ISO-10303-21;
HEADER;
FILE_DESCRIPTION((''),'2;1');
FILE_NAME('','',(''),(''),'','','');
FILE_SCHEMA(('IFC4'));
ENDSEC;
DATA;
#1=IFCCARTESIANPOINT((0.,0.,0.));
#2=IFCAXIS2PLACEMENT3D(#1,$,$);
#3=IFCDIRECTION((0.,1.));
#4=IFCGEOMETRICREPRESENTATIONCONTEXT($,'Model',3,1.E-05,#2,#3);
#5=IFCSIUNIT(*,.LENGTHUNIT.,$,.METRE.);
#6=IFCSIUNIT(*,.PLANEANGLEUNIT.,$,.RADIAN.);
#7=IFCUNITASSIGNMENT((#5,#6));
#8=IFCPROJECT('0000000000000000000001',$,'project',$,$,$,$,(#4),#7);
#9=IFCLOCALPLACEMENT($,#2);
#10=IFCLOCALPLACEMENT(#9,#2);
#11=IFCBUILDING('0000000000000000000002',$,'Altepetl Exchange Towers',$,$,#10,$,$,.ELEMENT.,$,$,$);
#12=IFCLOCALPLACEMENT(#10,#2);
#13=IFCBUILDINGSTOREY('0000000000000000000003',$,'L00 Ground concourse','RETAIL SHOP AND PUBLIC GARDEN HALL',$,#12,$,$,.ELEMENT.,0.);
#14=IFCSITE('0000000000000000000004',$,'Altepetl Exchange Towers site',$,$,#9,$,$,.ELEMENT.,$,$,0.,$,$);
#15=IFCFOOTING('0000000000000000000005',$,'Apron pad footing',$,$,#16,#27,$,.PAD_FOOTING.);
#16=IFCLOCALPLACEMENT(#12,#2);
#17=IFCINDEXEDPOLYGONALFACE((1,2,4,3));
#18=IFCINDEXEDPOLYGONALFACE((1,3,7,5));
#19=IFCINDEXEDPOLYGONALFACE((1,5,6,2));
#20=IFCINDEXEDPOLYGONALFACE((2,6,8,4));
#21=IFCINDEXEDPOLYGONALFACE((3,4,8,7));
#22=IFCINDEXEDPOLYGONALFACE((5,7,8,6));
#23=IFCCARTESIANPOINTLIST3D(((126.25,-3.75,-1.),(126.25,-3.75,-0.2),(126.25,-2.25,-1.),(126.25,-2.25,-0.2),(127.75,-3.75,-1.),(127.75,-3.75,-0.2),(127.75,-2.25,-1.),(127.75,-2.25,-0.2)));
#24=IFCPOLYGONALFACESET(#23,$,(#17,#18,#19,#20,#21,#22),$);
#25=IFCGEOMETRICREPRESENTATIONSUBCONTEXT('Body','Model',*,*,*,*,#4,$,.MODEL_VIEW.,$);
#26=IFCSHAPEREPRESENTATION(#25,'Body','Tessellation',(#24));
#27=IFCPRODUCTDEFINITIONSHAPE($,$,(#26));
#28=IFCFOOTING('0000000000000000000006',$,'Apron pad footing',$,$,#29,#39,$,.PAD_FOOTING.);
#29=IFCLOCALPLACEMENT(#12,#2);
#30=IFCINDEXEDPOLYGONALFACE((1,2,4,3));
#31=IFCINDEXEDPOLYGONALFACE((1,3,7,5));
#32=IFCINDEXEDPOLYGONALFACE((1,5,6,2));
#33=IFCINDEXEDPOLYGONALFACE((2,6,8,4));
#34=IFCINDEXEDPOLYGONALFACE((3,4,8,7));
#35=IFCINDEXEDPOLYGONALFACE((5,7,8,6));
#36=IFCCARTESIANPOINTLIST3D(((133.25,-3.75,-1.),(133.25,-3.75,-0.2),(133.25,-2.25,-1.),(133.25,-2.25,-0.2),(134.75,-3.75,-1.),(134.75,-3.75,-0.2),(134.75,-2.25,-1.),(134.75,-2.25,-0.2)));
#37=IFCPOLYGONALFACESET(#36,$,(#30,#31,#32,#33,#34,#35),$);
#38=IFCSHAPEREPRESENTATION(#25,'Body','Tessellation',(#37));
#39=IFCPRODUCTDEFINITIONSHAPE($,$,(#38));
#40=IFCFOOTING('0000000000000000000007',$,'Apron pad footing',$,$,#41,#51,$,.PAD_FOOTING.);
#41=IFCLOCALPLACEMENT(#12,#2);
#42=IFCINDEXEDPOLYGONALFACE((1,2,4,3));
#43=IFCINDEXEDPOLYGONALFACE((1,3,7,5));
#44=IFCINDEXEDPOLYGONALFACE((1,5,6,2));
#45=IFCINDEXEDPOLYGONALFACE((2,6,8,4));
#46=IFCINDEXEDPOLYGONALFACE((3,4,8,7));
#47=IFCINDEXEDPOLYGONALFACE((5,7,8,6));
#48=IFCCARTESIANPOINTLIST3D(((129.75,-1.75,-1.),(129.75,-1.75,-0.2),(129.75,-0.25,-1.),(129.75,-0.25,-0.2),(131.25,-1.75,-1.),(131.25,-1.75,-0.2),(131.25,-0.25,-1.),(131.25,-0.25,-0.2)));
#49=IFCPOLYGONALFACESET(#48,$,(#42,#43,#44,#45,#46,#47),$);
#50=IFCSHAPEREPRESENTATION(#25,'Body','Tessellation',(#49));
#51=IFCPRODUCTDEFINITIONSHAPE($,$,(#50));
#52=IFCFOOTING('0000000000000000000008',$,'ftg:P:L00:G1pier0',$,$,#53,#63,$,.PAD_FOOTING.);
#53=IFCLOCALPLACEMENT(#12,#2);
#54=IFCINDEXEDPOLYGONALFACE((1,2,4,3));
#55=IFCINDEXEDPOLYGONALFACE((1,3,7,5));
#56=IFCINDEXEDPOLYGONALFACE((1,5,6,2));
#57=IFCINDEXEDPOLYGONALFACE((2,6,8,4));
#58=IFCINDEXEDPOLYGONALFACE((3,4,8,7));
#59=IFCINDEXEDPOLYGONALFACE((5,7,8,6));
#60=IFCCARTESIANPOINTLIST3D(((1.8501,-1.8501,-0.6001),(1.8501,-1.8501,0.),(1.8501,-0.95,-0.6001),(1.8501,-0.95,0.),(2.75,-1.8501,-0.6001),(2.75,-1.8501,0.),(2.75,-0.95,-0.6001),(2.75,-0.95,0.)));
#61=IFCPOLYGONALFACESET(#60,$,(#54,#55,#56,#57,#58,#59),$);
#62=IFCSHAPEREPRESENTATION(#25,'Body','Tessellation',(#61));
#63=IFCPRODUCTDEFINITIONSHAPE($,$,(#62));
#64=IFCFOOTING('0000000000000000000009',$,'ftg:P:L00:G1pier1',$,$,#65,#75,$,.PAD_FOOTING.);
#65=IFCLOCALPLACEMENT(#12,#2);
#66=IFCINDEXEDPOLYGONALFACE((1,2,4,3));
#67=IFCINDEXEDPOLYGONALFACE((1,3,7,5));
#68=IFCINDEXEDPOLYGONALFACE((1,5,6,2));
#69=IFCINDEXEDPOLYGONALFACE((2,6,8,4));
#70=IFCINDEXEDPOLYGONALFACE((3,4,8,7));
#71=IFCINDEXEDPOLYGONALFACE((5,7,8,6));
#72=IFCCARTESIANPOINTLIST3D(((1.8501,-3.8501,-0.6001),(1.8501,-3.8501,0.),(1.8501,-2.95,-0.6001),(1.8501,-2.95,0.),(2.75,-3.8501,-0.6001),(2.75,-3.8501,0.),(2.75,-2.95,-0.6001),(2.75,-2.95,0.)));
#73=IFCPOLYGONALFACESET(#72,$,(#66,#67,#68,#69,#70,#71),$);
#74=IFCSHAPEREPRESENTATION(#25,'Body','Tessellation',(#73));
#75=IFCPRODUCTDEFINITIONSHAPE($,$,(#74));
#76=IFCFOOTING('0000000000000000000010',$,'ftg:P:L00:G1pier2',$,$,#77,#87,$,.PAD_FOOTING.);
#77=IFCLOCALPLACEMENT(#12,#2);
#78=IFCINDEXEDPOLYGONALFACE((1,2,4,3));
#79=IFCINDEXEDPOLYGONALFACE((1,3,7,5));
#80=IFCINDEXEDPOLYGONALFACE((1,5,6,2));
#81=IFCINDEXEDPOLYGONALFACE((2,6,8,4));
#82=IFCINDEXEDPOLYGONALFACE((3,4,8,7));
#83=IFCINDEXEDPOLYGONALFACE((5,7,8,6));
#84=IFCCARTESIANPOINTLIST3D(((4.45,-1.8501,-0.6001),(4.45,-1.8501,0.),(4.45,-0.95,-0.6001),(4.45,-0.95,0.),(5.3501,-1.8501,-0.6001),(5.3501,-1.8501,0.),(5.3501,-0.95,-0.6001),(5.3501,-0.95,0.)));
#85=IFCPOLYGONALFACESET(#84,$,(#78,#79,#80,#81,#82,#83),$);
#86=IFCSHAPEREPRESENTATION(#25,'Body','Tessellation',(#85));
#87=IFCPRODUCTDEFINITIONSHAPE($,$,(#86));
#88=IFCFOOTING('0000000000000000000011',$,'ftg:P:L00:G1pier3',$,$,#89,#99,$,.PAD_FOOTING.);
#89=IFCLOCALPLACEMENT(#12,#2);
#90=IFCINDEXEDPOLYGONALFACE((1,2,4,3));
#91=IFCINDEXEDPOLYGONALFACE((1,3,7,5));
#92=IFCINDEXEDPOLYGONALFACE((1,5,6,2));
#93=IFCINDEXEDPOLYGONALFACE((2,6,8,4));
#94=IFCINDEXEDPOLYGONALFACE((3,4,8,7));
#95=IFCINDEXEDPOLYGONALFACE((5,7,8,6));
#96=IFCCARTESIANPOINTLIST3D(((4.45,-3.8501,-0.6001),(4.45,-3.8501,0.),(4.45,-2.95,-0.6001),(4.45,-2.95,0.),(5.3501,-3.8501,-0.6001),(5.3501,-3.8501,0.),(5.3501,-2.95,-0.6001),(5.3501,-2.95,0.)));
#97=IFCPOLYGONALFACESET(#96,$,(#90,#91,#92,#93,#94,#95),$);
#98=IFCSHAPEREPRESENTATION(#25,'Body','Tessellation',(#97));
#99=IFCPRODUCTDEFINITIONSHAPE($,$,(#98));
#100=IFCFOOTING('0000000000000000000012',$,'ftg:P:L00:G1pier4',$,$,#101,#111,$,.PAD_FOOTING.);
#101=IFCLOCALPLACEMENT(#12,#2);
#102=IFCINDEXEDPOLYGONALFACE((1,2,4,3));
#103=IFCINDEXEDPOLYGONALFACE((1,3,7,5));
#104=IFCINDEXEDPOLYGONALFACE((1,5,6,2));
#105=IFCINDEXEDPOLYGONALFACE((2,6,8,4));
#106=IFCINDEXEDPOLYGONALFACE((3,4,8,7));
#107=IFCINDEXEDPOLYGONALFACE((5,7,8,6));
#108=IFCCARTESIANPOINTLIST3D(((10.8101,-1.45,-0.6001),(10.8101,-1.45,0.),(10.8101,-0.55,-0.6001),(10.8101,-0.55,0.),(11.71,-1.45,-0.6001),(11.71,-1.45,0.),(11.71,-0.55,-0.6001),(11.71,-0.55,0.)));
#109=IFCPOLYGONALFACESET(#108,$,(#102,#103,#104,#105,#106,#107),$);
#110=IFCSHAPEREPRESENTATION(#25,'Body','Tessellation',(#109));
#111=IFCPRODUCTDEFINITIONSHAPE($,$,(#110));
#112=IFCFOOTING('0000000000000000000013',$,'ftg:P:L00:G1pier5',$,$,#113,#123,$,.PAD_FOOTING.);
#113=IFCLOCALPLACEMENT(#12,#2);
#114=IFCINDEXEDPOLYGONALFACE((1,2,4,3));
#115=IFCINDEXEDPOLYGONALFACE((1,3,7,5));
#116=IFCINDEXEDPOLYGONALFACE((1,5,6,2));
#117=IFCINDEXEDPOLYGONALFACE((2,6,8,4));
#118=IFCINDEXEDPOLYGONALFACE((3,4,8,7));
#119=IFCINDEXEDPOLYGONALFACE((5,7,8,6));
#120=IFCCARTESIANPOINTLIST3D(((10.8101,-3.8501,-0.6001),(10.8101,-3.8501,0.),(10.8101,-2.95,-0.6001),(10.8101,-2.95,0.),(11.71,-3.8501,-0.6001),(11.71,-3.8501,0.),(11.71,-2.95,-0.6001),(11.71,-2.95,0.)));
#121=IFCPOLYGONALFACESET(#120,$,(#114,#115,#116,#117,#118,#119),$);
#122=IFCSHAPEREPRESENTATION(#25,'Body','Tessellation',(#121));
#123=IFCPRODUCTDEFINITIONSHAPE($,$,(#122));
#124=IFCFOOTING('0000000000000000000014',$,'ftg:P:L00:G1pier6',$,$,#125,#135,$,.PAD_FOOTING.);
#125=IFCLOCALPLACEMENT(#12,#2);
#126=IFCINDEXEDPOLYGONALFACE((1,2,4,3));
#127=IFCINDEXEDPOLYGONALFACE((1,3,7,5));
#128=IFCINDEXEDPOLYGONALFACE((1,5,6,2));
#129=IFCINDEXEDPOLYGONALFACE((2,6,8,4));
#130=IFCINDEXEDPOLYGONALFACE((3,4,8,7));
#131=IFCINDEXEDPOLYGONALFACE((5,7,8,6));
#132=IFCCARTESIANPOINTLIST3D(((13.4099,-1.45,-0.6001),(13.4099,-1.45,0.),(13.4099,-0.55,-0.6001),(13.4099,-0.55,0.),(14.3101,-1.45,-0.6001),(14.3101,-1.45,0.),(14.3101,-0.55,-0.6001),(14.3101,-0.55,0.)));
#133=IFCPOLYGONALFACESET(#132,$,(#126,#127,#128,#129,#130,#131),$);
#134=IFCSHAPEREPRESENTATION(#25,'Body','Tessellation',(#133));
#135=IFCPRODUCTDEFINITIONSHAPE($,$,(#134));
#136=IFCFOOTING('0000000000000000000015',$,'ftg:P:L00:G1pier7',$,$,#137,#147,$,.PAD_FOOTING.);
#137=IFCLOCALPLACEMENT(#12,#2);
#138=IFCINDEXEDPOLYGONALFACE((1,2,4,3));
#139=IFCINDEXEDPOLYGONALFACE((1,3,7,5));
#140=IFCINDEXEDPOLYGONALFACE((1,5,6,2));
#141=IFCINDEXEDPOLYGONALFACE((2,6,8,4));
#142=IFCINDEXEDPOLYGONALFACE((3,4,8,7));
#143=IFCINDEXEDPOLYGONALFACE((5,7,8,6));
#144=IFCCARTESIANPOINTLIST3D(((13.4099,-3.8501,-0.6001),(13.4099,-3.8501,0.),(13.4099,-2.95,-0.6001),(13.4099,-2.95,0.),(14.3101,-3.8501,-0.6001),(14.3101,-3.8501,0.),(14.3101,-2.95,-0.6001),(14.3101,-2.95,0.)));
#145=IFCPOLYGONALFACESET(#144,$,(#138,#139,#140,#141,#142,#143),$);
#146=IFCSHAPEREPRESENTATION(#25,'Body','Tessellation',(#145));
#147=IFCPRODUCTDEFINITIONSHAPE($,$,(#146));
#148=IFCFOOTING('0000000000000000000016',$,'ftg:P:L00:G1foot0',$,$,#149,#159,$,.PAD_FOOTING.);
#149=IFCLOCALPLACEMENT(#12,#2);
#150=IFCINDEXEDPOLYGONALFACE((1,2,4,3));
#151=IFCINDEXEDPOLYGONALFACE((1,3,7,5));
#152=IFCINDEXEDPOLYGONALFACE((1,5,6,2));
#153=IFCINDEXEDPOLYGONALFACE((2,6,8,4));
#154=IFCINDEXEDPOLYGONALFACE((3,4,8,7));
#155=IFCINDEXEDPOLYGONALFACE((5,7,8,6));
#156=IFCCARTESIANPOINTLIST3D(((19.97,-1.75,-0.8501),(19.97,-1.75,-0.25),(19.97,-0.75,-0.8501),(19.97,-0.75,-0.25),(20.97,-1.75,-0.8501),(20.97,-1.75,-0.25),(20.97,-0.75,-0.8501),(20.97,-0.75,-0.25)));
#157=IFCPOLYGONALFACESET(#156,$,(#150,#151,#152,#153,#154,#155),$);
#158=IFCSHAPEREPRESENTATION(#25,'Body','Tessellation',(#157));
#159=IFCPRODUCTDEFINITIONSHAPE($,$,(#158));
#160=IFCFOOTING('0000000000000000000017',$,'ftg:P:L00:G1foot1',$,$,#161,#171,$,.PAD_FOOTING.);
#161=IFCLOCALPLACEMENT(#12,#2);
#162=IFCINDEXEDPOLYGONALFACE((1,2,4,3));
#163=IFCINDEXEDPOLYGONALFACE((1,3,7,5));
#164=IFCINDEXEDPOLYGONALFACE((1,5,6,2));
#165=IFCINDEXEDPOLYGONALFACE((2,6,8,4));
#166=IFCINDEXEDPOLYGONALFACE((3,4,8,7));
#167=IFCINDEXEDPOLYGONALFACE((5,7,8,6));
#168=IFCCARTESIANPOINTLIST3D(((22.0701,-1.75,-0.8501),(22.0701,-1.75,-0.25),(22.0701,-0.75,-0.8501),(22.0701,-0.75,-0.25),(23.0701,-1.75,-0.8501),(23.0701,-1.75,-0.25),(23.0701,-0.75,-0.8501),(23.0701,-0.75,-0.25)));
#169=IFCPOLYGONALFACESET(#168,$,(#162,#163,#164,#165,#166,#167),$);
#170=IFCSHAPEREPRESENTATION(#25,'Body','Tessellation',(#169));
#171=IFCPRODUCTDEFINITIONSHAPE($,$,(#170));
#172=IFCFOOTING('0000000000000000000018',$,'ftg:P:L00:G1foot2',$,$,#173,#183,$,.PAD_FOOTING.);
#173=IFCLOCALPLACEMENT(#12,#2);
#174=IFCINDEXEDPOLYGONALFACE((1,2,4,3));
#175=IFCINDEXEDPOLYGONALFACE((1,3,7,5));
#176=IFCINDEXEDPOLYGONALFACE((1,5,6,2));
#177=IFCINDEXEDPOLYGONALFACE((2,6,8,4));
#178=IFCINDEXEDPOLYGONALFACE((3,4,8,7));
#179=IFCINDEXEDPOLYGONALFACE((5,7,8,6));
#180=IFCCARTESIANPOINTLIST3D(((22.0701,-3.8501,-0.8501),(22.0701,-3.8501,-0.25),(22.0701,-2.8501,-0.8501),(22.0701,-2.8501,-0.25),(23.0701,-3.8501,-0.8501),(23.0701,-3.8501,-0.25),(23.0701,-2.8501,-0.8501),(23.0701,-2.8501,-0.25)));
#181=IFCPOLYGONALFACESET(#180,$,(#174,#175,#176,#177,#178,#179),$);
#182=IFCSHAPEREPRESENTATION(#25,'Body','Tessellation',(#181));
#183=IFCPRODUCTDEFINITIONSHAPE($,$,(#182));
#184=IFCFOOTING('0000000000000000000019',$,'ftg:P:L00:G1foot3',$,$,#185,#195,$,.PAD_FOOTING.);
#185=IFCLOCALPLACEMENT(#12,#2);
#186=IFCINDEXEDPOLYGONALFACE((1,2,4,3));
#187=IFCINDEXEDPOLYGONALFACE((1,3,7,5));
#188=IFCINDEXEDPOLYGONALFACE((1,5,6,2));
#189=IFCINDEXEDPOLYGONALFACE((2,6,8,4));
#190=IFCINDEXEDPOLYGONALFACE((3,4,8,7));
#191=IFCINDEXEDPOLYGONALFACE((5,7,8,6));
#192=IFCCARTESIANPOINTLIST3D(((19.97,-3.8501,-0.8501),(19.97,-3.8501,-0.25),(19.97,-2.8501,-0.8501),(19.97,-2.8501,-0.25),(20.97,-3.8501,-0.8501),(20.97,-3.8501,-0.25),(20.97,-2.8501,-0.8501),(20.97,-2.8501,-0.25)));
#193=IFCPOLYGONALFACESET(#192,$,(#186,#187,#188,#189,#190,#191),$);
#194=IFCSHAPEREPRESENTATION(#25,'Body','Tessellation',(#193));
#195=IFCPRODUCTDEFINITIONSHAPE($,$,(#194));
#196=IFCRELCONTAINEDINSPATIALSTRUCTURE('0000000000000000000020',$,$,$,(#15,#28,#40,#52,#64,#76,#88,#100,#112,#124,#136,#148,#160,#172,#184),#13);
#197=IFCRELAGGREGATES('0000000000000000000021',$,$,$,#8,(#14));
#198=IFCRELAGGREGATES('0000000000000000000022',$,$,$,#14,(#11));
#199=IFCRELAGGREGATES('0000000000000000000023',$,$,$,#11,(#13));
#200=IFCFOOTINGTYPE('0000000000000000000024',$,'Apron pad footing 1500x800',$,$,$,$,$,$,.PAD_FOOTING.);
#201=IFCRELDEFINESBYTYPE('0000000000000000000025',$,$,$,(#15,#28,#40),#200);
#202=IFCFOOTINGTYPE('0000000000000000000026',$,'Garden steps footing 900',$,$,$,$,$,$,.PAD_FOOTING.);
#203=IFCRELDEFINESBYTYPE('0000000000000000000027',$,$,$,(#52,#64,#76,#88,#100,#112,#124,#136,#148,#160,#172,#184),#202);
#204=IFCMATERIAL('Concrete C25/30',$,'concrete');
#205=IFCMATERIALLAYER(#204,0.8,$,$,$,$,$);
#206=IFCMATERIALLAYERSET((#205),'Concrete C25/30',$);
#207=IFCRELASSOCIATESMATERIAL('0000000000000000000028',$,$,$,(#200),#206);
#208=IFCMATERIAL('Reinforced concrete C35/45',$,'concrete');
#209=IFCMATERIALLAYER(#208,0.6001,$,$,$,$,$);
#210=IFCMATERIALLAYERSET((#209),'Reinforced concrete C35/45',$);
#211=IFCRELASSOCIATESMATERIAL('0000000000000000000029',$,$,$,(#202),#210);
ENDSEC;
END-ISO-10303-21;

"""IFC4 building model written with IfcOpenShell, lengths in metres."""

from ifc_helpers import new_model, si_unit, direction, frame, origin, place, context, subcontext, project, spatial, polyline, outline, extrude, material, layer, layer_set, type_object, element, save


model = new_model("IFC4")

# Units and contexts
model_context = context("Model", 3, precision=1e-05, world=origin(), true_north=direction((0.0, 1.0)))
body_context = subcontext(model_context, "Body", "Model", "MODEL_VIEW")
ifc_project = project(units=[si_unit("LENGTHUNIT", "METRE"), si_unit("PLANEANGLEUNIT", "RADIAN")], contexts=[model_context])

# Site, building, storey
site_placement = place(None, origin())
site = spatial("IfcSite", under=ifc_project, at=site_placement, Name="Altepetl Exchange Towers site", CompositionType="ELEMENT", RefElevation=0.0)
building_placement = place(site_placement, origin())
building = spatial("IfcBuilding", under=site, at=building_placement, Name="Altepetl Exchange Towers", CompositionType="ELEMENT")
storey_placement = place(building_placement, origin())
storey = spatial("IfcBuildingStorey", under=building, at=storey_placement, Name="L00 Ground concourse", Description="RETAIL SHOP AND PUBLIC GARDEN HALL", CompositionType="ELEMENT", Elevation=0.0)

# Footings
ifc_material_1 = material(Name="Concrete C25/30", Category="concrete")
ifc_layer_1 = layer(ifc_material_1, 0.8)
ifc_layer_set_1 = layer_set([ifc_layer_1], Name="Concrete C25/30")
footing_type_1 = type_object("IfcFootingType", Name="Apron pad footing 1500x800", PredefinedType="PAD_FOOTING", material=ifc_layer_set_1)
footing_1_placement = place(storey_placement, frame((0.0, 0.0, -1.0)))
element("IfcFooting", 1, at=footing_1_placement, inside=storey, type_object=footing_type_1, Name="Apron pad footing", PredefinedType="PAD_FOOTING", context=body_context, shape_type="SweptSolid", body=[
    extrude(outline(polyline([(126.25, -3.75), (127.75, -3.75), (127.75, -2.25), (126.25, -2.25), (126.25, -3.75)])), origin(), (0.0, 0.0, 1.0), 0.8),
])
footing_2_placement = place(storey_placement, frame((0.0, 0.0, -1.0)))
element("IfcFooting", 2, at=footing_2_placement, inside=storey, type_object=footing_type_1, Name="Apron pad footing", PredefinedType="PAD_FOOTING", context=body_context, shape_type="SweptSolid", body=[
    extrude(outline(polyline([(133.25, -3.75), (134.75, -3.75), (134.75, -2.25), (133.25, -2.25), (133.25, -3.75)])), origin(), (0.0, 0.0, 1.0), 0.8),
])
footing_3_placement = place(storey_placement, frame((0.0, 0.0, -1.0)))
element("IfcFooting", 3, at=footing_3_placement, inside=storey, type_object=footing_type_1, Name="Apron pad footing", PredefinedType="PAD_FOOTING", context=body_context, shape_type="SweptSolid", body=[
    extrude(outline(polyline([(129.75, -1.75), (131.25, -1.75), (131.25, -0.25), (129.75, -0.25), (129.75, -1.75)])), origin(), (0.0, 0.0, 1.0), 0.8),
])
ifc_material_2 = material(Name="Reinforced concrete C35/45", Category="concrete")
ifc_layer_2 = layer(ifc_material_2, 0.6001)
ifc_layer_set_2 = layer_set([ifc_layer_2], Name="Reinforced concrete C35/45")
footing_type_2 = type_object("IfcFootingType", Name="Garden steps footing 900", PredefinedType="PAD_FOOTING", material=ifc_layer_set_2)
footing_4_placement = place(storey_placement, frame((0.0, 0.0, -0.6001)))
element("IfcFooting", 4, at=footing_4_placement, inside=storey, type_object=footing_type_2, Name="ftg:P:L00:G1pier0", PredefinedType="PAD_FOOTING", context=body_context, shape_type="SweptSolid", body=[
    extrude(outline(polyline([(1.8501, -1.8501), (2.75, -1.8501), (2.75, -0.95), (1.8501, -0.95), (1.8501, -1.8501)])), origin(), (0.0, 0.0, 1.0), 0.6001),
])
footing_5_placement = place(storey_placement, frame((0.0, 0.0, -0.6001)))
element("IfcFooting", 5, at=footing_5_placement, inside=storey, type_object=footing_type_2, Name="ftg:P:L00:G1pier1", PredefinedType="PAD_FOOTING", context=body_context, shape_type="SweptSolid", body=[
    extrude(outline(polyline([(1.8501, -3.8501), (2.75, -3.8501), (2.75, -2.95), (1.8501, -2.95), (1.8501, -3.8501)])), origin(), (0.0, 0.0, 1.0), 0.6001),
])
footing_6_placement = place(storey_placement, frame((0.0, 0.0, -0.6001)))
element("IfcFooting", 6, at=footing_6_placement, inside=storey, type_object=footing_type_2, Name="ftg:P:L00:G1pier2", PredefinedType="PAD_FOOTING", context=body_context, shape_type="SweptSolid", body=[
    extrude(outline(polyline([(4.45, -1.8501), (5.3501, -1.8501), (5.3501, -0.95), (4.45, -0.95), (4.45, -1.8501)])), origin(), (0.0, 0.0, 1.0), 0.6001),
])
footing_7_placement = place(storey_placement, frame((0.0, 0.0, -0.6001)))
element("IfcFooting", 7, at=footing_7_placement, inside=storey, type_object=footing_type_2, Name="ftg:P:L00:G1pier3", PredefinedType="PAD_FOOTING", context=body_context, shape_type="SweptSolid", body=[
    extrude(outline(polyline([(4.45, -3.8501), (5.3501, -3.8501), (5.3501, -2.95), (4.45, -2.95), (4.45, -3.8501)])), origin(), (0.0, 0.0, 1.0), 0.6001),
])
footing_8_placement = place(storey_placement, frame((0.0, 0.0, -0.6001)))
element("IfcFooting", 8, at=footing_8_placement, inside=storey, type_object=footing_type_2, Name="ftg:P:L00:G1pier4", PredefinedType="PAD_FOOTING", context=body_context, shape_type="SweptSolid", body=[
    extrude(outline(polyline([(10.8101, -1.45), (11.71, -1.45), (11.71, -0.55), (10.8101, -0.55), (10.8101, -1.45)])), origin(), (0.0, 0.0, 1.0), 0.6001),
])
footing_9_placement = place(storey_placement, frame((0.0, 0.0, -0.6001)))
element("IfcFooting", 9, at=footing_9_placement, inside=storey, type_object=footing_type_2, Name="ftg:P:L00:G1pier5", PredefinedType="PAD_FOOTING", context=body_context, shape_type="SweptSolid", body=[
    extrude(outline(polyline([(10.8101, -3.8501), (11.71, -3.8501), (11.71, -2.95), (10.8101, -2.95), (10.8101, -3.8501)])), origin(), (0.0, 0.0, 1.0), 0.6001),
])
footing_10_placement = place(storey_placement, frame((0.0, 0.0, -0.6001)))
element("IfcFooting", 10, at=footing_10_placement, inside=storey, type_object=footing_type_2, Name="ftg:P:L00:G1pier6", PredefinedType="PAD_FOOTING", context=body_context, shape_type="SweptSolid", body=[
    extrude(outline(polyline([(13.4099, -1.45), (14.3101, -1.45), (14.3101, -0.55), (13.4099, -0.55), (13.4099, -1.45)])), origin(), (0.0, 0.0, 1.0), 0.6001),
])
footing_11_placement = place(storey_placement, frame((0.0, 0.0, -0.6001)))
element("IfcFooting", 11, at=footing_11_placement, inside=storey, type_object=footing_type_2, Name="ftg:P:L00:G1pier7", PredefinedType="PAD_FOOTING", context=body_context, shape_type="SweptSolid", body=[
    extrude(outline(polyline([(13.4099, -3.8501), (14.3101, -3.8501), (14.3101, -2.95), (13.4099, -2.95), (13.4099, -3.8501)])), origin(), (0.0, 0.0, 1.0), 0.6001),
])
footing_12_placement = place(storey_placement, frame((0.0, 0.0, -0.8501)))
element("IfcFooting", 12, at=footing_12_placement, inside=storey, type_object=footing_type_2, Name="ftg:P:L00:G1foot0", PredefinedType="PAD_FOOTING", context=body_context, shape_type="SweptSolid", body=[
    extrude(outline(polyline([(19.97, -1.75), (20.97, -1.75), (20.97, -0.75), (19.97, -0.75), (19.97, -1.75)])), origin(), (0.0, 0.0, 1.0), 0.6001),
])
footing_13_placement = place(storey_placement, frame((0.0, 0.0, -0.8501)))
element("IfcFooting", 13, at=footing_13_placement, inside=storey, type_object=footing_type_2, Name="ftg:P:L00:G1foot1", PredefinedType="PAD_FOOTING", context=body_context, shape_type="SweptSolid", body=[
    extrude(outline(polyline([(22.0701, -1.75), (23.0701, -1.75), (23.0701, -0.75), (22.0701, -0.75), (22.0701, -1.75)])), origin(), (0.0, 0.0, 1.0), 0.6001),
])
footing_14_placement = place(storey_placement, frame((0.0, 0.0, -0.8501)))
element("IfcFooting", 14, at=footing_14_placement, inside=storey, type_object=footing_type_2, Name="ftg:P:L00:G1foot2", PredefinedType="PAD_FOOTING", context=body_context, shape_type="SweptSolid", body=[
    extrude(outline(polyline([(22.0701, -3.8501), (23.0701, -3.8501), (23.0701, -2.8501), (22.0701, -2.8501), (22.0701, -3.8501)])), origin(), (0.0, 0.0, 1.0), 0.6001),
])
footing_15_placement = place(storey_placement, frame((0.0, 0.0, -0.8501)))
element("IfcFooting", 15, at=footing_15_placement, inside=storey, type_object=footing_type_2, Name="ftg:P:L00:G1foot3", PredefinedType="PAD_FOOTING", context=body_context, shape_type="SweptSolid", body=[
    extrude(outline(polyline([(19.97, -3.8501), (20.97, -3.8501), (20.97, -2.8501), (19.97, -2.8501), (19.97, -3.8501)])), origin(), (0.0, 0.0, 1.0), 0.6001),
])

save(model, "model.ifc")
